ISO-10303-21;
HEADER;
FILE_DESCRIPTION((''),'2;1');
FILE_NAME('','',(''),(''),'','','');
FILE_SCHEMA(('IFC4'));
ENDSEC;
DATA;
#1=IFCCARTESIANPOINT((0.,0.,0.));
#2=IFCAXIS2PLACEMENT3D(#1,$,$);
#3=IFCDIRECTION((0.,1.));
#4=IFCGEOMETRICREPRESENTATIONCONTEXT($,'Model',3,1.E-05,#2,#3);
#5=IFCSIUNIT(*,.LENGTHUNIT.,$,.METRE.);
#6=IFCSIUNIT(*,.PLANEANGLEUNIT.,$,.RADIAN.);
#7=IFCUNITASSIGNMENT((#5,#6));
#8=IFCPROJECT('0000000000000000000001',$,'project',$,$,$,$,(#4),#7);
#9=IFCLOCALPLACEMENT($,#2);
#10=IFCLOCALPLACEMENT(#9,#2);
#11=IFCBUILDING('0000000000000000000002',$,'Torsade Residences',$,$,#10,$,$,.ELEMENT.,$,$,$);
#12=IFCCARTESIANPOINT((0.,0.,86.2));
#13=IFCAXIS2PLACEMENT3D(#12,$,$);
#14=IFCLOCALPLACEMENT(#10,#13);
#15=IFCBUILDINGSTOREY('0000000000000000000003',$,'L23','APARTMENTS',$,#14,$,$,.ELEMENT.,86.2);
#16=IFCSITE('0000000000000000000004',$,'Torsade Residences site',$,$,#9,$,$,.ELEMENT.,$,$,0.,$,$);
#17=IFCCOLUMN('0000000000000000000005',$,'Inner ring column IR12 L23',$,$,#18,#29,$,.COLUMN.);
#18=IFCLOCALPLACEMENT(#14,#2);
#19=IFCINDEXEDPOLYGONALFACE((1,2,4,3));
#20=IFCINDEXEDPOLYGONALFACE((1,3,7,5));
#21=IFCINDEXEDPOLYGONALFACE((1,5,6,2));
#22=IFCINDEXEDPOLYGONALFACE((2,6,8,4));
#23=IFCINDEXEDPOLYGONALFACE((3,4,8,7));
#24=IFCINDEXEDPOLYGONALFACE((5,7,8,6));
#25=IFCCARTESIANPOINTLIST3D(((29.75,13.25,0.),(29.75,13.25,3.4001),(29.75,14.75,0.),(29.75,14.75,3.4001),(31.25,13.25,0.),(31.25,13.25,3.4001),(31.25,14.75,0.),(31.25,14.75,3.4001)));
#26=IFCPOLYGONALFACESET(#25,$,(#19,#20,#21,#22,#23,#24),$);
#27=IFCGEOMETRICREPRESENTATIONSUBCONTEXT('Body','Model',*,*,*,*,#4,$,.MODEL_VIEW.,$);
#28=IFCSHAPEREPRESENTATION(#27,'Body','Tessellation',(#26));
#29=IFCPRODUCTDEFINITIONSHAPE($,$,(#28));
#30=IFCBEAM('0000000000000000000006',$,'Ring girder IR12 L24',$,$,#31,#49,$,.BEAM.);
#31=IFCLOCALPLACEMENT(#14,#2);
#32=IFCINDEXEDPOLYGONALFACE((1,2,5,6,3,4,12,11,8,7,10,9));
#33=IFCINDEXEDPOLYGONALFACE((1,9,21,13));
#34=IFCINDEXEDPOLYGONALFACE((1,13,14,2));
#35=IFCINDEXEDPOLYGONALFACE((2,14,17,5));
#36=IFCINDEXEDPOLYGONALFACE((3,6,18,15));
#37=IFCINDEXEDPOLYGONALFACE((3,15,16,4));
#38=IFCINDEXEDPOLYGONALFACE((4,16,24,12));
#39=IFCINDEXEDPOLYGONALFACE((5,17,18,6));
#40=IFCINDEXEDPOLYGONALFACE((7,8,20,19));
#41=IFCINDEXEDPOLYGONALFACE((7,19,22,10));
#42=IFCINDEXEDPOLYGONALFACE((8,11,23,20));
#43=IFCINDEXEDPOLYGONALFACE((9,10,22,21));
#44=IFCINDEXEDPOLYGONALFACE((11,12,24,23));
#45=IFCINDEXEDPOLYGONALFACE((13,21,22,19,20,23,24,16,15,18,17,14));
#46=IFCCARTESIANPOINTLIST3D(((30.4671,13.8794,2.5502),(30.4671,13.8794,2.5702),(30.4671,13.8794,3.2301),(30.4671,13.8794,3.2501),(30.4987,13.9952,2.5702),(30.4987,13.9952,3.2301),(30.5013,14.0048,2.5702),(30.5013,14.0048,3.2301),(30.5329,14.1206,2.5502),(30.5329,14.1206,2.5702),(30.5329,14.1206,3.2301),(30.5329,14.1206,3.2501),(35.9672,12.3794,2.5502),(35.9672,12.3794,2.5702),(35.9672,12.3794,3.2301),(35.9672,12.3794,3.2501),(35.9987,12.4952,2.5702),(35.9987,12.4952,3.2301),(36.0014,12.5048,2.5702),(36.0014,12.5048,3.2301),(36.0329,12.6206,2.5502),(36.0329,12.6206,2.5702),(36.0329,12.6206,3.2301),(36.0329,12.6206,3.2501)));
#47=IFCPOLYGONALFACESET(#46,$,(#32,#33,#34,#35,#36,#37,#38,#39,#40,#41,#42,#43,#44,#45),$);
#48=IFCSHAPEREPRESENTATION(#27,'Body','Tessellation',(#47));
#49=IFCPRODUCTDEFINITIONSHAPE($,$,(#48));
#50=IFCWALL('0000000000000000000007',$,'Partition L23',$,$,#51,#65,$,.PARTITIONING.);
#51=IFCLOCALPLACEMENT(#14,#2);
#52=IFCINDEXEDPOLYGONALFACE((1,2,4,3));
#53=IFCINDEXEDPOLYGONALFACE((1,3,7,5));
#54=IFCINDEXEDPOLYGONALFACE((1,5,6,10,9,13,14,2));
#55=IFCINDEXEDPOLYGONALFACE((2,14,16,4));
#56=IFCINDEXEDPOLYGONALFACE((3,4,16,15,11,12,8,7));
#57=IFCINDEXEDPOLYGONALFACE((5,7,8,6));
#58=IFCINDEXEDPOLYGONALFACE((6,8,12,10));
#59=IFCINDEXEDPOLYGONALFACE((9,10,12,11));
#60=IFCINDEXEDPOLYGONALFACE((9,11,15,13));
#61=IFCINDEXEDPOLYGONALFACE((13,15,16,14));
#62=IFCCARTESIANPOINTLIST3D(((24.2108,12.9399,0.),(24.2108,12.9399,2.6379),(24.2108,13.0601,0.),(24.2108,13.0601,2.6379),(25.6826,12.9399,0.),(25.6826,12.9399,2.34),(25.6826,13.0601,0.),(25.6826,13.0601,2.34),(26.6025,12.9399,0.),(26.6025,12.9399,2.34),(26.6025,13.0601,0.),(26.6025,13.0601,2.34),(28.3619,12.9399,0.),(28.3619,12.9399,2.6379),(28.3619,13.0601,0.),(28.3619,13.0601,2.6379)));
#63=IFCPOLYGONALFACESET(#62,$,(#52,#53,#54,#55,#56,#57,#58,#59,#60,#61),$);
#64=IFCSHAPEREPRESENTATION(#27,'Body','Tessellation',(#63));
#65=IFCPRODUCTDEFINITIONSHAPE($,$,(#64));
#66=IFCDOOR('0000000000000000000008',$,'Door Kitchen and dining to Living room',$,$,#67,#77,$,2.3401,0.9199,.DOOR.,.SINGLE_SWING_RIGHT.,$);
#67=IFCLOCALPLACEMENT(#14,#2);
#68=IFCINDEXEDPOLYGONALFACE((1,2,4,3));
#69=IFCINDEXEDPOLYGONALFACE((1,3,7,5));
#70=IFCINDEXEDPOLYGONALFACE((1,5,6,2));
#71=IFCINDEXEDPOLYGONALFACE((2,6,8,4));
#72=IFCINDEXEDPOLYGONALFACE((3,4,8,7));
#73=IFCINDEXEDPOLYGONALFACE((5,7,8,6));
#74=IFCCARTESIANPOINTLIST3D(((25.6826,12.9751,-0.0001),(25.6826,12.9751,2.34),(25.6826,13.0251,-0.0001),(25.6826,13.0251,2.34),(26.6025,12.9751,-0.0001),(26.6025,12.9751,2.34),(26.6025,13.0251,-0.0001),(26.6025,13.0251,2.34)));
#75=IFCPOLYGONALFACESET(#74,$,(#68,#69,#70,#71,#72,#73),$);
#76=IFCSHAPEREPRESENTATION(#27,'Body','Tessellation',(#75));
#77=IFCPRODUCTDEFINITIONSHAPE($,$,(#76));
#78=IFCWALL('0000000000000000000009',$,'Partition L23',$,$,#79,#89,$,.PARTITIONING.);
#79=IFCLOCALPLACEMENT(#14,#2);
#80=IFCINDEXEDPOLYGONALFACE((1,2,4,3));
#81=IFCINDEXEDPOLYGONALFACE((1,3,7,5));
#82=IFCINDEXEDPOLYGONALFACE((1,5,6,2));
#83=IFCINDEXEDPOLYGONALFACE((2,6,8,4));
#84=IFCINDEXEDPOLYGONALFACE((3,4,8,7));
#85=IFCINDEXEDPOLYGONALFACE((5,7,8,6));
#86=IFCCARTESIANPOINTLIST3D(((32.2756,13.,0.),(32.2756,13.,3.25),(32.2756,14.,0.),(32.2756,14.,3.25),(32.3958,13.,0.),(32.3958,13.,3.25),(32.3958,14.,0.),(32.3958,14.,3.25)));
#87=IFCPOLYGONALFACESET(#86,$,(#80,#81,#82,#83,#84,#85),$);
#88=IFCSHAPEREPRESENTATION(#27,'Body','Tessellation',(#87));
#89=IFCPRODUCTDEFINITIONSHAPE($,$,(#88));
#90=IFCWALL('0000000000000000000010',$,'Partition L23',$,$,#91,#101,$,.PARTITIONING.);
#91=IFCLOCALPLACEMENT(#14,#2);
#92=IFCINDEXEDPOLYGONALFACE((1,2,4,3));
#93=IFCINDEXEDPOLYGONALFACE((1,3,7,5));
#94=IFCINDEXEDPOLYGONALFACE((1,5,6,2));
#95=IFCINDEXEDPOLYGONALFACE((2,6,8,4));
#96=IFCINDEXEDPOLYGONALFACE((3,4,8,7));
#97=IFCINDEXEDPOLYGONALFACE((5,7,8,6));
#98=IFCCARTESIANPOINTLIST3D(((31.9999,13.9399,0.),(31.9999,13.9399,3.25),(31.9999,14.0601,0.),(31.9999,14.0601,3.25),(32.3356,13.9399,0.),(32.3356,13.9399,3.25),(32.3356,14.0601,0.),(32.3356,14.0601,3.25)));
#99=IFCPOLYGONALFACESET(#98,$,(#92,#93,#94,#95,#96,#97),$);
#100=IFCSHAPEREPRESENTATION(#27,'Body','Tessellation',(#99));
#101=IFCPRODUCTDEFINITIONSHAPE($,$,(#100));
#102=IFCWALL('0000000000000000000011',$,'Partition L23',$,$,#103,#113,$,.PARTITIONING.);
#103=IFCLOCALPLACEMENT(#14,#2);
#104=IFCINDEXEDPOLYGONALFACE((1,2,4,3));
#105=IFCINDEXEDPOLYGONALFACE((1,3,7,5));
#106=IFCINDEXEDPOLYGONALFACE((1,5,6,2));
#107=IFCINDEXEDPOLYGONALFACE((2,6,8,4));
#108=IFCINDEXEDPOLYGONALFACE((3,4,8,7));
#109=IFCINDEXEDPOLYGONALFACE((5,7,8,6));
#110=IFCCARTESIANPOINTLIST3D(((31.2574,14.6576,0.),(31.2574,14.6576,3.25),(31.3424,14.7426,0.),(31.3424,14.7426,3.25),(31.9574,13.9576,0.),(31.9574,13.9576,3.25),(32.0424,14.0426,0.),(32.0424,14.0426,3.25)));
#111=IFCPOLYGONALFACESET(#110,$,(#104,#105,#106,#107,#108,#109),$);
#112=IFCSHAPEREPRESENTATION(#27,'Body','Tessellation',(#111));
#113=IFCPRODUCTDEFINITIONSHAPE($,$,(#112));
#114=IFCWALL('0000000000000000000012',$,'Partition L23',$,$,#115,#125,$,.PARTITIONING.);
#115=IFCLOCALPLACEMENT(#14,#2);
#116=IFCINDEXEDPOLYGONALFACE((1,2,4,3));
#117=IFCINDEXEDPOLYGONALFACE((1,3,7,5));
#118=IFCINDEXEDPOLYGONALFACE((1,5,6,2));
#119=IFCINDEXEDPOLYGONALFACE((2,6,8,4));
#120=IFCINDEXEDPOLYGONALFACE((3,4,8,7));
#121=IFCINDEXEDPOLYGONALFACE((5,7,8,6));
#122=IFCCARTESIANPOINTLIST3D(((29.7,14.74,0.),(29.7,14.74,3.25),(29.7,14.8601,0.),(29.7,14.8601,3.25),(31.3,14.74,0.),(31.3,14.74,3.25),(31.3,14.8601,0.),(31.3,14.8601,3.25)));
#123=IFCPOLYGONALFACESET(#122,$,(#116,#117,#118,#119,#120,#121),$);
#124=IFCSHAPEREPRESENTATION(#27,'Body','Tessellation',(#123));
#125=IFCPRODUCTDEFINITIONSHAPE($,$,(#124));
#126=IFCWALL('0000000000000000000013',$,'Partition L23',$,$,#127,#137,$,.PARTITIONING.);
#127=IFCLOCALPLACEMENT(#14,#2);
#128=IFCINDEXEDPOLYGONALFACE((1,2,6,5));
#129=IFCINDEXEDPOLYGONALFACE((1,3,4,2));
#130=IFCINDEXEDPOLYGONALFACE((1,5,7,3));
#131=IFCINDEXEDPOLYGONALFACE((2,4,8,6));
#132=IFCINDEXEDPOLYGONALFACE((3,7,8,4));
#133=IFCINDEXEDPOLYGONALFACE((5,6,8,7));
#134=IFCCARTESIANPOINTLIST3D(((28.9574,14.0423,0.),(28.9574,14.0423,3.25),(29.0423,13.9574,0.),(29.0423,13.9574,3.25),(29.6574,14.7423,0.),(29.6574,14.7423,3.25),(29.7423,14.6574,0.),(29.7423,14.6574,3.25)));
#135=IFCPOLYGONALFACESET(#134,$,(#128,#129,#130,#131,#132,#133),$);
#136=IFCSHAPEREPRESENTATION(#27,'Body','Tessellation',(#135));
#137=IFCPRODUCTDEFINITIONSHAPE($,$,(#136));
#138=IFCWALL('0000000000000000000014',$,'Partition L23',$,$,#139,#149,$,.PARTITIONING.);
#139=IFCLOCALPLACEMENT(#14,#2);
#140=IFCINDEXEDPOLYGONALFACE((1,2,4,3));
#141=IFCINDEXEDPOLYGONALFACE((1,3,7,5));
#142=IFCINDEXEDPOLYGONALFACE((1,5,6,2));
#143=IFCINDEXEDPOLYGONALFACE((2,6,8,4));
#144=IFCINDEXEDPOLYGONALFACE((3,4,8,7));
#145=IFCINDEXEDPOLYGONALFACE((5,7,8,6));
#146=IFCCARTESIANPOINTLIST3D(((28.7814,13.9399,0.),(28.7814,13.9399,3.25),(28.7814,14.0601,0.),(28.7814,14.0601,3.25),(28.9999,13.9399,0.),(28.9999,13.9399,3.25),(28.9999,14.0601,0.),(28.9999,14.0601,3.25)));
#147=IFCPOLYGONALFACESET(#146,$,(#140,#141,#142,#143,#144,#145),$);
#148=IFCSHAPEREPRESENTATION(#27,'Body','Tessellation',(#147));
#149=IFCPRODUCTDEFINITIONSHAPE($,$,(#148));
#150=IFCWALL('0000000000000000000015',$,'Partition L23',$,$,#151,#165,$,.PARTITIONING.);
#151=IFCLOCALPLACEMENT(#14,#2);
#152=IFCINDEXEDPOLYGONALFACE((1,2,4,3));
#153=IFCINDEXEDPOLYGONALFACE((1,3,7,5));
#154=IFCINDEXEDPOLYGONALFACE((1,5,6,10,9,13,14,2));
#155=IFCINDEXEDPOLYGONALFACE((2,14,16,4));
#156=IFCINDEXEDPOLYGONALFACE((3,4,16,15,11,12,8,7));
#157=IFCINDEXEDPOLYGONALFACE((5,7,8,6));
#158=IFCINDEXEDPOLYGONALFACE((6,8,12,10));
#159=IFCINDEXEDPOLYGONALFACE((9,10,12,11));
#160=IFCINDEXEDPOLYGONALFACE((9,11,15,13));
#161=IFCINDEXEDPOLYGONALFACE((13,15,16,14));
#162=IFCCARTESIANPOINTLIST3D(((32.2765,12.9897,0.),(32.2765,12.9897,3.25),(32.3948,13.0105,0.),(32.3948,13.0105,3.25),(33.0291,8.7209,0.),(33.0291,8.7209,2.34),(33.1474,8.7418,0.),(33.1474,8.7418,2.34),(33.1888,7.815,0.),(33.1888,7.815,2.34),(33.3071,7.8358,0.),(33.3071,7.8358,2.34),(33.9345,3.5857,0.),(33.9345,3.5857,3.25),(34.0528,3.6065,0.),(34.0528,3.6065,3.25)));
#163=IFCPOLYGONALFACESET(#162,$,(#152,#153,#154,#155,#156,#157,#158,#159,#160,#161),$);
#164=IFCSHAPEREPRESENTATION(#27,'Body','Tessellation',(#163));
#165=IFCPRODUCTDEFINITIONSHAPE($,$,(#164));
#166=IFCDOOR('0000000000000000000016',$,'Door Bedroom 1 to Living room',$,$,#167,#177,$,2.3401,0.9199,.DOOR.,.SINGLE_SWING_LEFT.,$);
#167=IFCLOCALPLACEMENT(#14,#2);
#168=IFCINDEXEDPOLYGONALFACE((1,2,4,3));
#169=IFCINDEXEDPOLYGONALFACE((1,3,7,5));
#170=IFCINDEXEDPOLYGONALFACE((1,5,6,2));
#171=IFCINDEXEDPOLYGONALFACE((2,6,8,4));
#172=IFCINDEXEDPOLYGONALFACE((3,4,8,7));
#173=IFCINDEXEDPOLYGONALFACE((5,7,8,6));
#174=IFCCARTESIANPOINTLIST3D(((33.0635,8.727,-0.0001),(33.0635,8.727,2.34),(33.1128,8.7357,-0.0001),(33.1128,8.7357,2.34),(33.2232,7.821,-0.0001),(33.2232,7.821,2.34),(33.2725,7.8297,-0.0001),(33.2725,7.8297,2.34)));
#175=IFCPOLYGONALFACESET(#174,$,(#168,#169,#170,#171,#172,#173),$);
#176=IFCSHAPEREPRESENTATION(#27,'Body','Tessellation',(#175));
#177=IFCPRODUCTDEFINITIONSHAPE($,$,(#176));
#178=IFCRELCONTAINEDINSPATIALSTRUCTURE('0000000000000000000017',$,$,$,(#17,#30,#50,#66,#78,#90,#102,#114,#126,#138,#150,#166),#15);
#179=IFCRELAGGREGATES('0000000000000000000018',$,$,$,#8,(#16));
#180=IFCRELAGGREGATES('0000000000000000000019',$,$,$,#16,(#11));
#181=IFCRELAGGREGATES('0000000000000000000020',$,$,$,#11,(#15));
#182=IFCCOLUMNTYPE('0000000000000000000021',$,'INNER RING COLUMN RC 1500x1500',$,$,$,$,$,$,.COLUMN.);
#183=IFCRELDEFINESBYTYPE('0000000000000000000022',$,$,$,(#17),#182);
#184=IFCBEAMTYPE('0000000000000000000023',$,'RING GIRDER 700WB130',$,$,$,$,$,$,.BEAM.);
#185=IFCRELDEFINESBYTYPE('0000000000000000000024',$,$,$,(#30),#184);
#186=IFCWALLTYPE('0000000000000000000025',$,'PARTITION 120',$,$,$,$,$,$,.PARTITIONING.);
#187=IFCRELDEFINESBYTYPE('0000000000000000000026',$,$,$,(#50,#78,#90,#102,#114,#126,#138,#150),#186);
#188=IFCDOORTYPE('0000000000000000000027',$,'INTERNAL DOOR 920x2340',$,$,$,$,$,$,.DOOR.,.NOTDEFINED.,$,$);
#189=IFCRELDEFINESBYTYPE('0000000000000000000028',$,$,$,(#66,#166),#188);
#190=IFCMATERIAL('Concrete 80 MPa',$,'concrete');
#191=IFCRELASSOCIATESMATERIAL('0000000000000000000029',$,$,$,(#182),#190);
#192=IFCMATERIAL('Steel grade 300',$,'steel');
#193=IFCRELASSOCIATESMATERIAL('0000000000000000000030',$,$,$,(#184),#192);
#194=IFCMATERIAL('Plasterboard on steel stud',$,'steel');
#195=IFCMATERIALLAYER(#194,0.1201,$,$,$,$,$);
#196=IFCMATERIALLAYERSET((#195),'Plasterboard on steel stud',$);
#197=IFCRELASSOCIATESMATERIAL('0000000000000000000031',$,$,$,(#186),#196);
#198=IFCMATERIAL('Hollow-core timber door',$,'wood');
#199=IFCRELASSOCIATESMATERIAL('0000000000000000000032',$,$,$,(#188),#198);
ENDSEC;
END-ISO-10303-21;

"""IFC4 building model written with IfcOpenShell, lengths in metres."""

from ifc_helpers import new_model, si_unit, direction, frame, frame_2d, origin, origin_2d, place, context, subcontext, project, spatial, rectangle, i_section, extrude, material, layer, layer_set, material_profile, profile_set, type_object, element, fill, save


model = new_model("IFC4")

# Units and contexts
model_context = context("Model", 3, precision=1e-05, world=origin(), true_north=direction((0.0, 1.0)))
body_context = subcontext(model_context, "Body", "Model", "MODEL_VIEW")
ifc_project = project(units=[si_unit("LENGTHUNIT", "METRE"), si_unit("PLANEANGLEUNIT", "RADIAN")], contexts=[model_context])

# Site, building, storey
site_placement = place(None, origin())
site = spatial("IfcSite", under=ifc_project, at=site_placement, Name="Torsade Residences site", CompositionType="ELEMENT", RefElevation=0.0)
building_placement = place(site_placement, origin())
building = spatial("IfcBuilding", under=site, at=building_placement, Name="Torsade Residences", CompositionType="ELEMENT")
storey_placement = place(building_placement, frame((0.0, 0.0, 86.2)))
storey = spatial("IfcBuildingStorey", under=building, at=storey_placement, Name="L23", Description="APARTMENTS", CompositionType="ELEMENT", Elevation=86.2)

# Column
ifc_material_1 = material(Name="Concrete 80 MPa", Category="concrete")
ifc_material_profile_1 = material_profile(ifc_material_1, rectangle(XDim=1.5, YDim=1.5, at=origin_2d()), Name="RC 1500x1500")
ifc_profile_set_1 = profile_set([ifc_material_profile_1], Name="Concrete 80 MPa")
column_type = type_object("IfcColumnType", Name="INNER RING COLUMN RC 1500x1500", PredefinedType="COLUMN", material=ifc_profile_set_1)
column_placement = place(storey_placement, frame((30.5, 14.0, 0.0), z_axis=(0.0, 0.0, 1.0), x_axis=(1.0, 0.0, 0.0)))
element("IfcColumn", 1, at=column_placement, inside=storey, type_object=column_type, Name="Inner ring column IR12 L23", PredefinedType="COLUMN", context=body_context, shape_type="SweptSolid", body=[
    extrude(rectangle(XDim=1.5, YDim=1.5, at=origin_2d()), origin(), (0.0, 0.0, 1.0), 3.4001),
])

# Beam
ifc_material_2 = material(Name="Steel grade 300", Category="steel")
ifc_material_profile_2 = material_profile(ifc_material_2, i_section(OverallWidth=0.25, OverallDepth=0.7, WebThickness=0.01, FlangeThickness=0.02, at=origin_2d()), Name="700WB130")
ifc_profile_set_2 = profile_set([ifc_material_profile_2], Name="Steel grade 300")
beam_type = type_object("IfcBeamType", Name="RING GIRDER 700WB130", PredefinedType="BEAM", material=ifc_profile_set_2)
beam_placement = place(storey_placement, frame((30.5, 14.0, 2.9001), z_axis=(0.964764, -0.263117, 0.0), x_axis=(0.263117, 0.964764, 0.0)))
element("IfcBeam", 2, at=beam_placement, inside=storey, type_object=beam_type, Name="Ring girder IR12 L24", PredefinedType="BEAM", context=body_context, shape_type="SweptSolid", body=[
    extrude(i_section(OverallWidth=0.25, OverallDepth=0.7, WebThickness=0.01, FlangeThickness=0.02, at=origin_2d()), origin(), (0.0, 0.0, 1.0), 5.7009),
])

# Wall, opening, door
ifc_material_3 = material(Name="Plasterboard on steel stud", Category="steel")
ifc_layer_1 = layer(ifc_material_3, 0.1201)
ifc_layer_set_1 = layer_set([ifc_layer_1], Name="Plasterboard on steel stud")
wall_type_1 = type_object("IfcWallType", Name="PARTITION 120", PredefinedType="PARTITIONING", material=ifc_layer_set_1)
wall_1_placement = place(storey_placement, frame((28.3621, 13.0, 0.0), z_axis=(0.0, 0.0, 1.0), x_axis=(-1.0, 0.0, 0.0)))
wall_1 = element("IfcWall", 3, at=wall_1_placement, inside=storey, type_object=wall_type_1, Name="Partition L23", PredefinedType="PARTITIONING", context=body_context, shape_type="SweptSolid", body=[
    extrude(rectangle(XDim=4.1511, YDim=0.1201, at=frame_2d((2.0757, 0.0))), origin(), (0.0, 0.0, 1.0), 2.6379),
])
opening_1_placement = place(wall_1_placement, frame((1.7595, 0.0, 0.0)))
opening_1 = element("IfcOpeningElement", 4, at=opening_1_placement, cuts=wall_1, PredefinedType="OPENING", context=body_context, shape_type="SweptSolid", body=[
    extrude(rectangle(XDim=0.9199, YDim=2.3401, at=frame_2d((0.46, 1.1699))), frame((0.0, 0.0701, 0.0), z_axis=(0.0, -1.0, 0.0), x_axis=(1.0, 0.0, 0.0)), (0.0, 0.0, 1.0), 0.1401),
])
ifc_material_4 = material(Name="Hollow-core timber door", Category="wood")
door_type = type_object("IfcDoorType", Name="INTERNAL DOOR 920x2340", OperationType="NOTDEFINED", PredefinedType="DOOR", material=ifc_material_4)
door_1_placement = place(opening_1_placement, origin())
door_1 = element("IfcDoor", 5, at=door_1_placement, inside=storey, type_object=door_type, Name="Door Kitchen and dining to Living room", OperationType="SINGLE_SWING_RIGHT", OverallHeight=2.3401, OverallWidth=0.9199, PredefinedType="DOOR", context=body_context, shape_type="SweptSolid", body=[
    extrude(rectangle(XDim=0.9199, YDim=2.3401, at=frame_2d((0.46, 1.1699))), frame((0.0, 0.0249, 0.0), z_axis=(0.0, -1.0, 0.0), x_axis=(1.0, 0.0, 0.0)), (0.0, 0.0, 1.0), 0.05),
])
fill(opening_1, door_1)

# Walls
wall_2_placement = place(storey_placement, frame((32.3357, 13.0, 0.0), z_axis=(0.0, 0.0, 1.0), x_axis=(0.0, 1.0, 0.0)))
element("IfcWall", 6, at=wall_2_placement, inside=storey, type_object=wall_type_1, Name="Partition L23", PredefinedType="PARTITIONING", context=body_context, shape_type="SweptSolid", body=[
    extrude(rectangle(XDim=1.0, YDim=0.1201, at=frame_2d((0.5, 0.0))), origin(), (0.0, 0.0, 1.0), 3.25),
])
wall_3_placement = place(storey_placement, frame((32.3357, 14.0, 0.0), z_axis=(0.0, 0.0, 1.0), x_axis=(-1.0, 0.0, 0.0)))
element("IfcWall", 7, at=wall_3_placement, inside=storey, type_object=wall_type_1, Name="Partition L23", PredefinedType="PARTITIONING", context=body_context, shape_type="SweptSolid", body=[
    extrude(rectangle(XDim=0.3357, YDim=0.1201, at=frame_2d((0.168, 0.0))), origin(), (0.0, 0.0, 1.0), 3.25),
])
wall_4_placement = place(storey_placement, frame((32.0, 14.0, 0.0), z_axis=(0.0, 0.0, 1.0), x_axis=(-0.707107, 0.707107, 0.0)))
element("IfcWall", 8, at=wall_4_placement, inside=storey, type_object=wall_type_1, Name="Partition L23", PredefinedType="PARTITIONING", context=body_context, shape_type="SweptSolid", body=[
    extrude(rectangle(XDim=0.99, YDim=0.1201, at=frame_2d((0.4951, 0.0))), origin(), (0.0, 0.0, 1.0), 3.25),
])
wall_5_placement = place(storey_placement, frame((31.3, 14.8, 0.0), z_axis=(0.0, 0.0, 1.0), x_axis=(-1.0, 0.0, 0.0)))
element("IfcWall", 9, at=wall_5_placement, inside=storey, type_object=wall_type_1, Name="Partition L23", PredefinedType="PARTITIONING", context=body_context, shape_type="SweptSolid", body=[
    extrude(rectangle(XDim=1.6001, YDim=0.1201, at=frame_2d((0.8, 0.0))), origin(), (0.0, 0.0, 1.0), 3.25),
])
wall_6_placement = place(storey_placement, frame((29.7, 14.7, 0.0), z_axis=(0.0, 0.0, 1.0), x_axis=(-0.707107, -0.707107, 0.0)))
element("IfcWall", 10, at=wall_6_placement, inside=storey, type_object=wall_type_1, Name="Partition L23", PredefinedType="PARTITIONING", context=body_context, shape_type="SweptSolid", body=[
    extrude(rectangle(XDim=0.99, YDim=0.1201, at=frame_2d((0.4951, 0.0))), origin(), (0.0, 0.0, 1.0), 3.25),
])
wall_7_placement = place(storey_placement, frame((29.0, 14.0, 0.0), z_axis=(0.0, 0.0, 1.0), x_axis=(-1.0, 0.0, 0.0)))
element("IfcWall", 11, at=wall_7_placement, inside=storey, type_object=wall_type_1, Name="Partition L23", PredefinedType="PARTITIONING", context=body_context, shape_type="SweptSolid", body=[
    extrude(rectangle(XDim=0.2185, YDim=0.1201, at=frame_2d((0.1094, 0.0))), origin(), (0.0, 0.0, 1.0), 3.25),
])

# Wall, opening, door
wall_8_placement = place(storey_placement, frame((32.3357, 13.0, 0.0), z_axis=(0.0, 0.0, 1.0), x_axis=(0.173625, -0.984812, 0.0)))
wall_8 = element("IfcWall", 12, at=wall_8_placement, inside=storey, type_object=wall_type_1, Name="Partition L23", PredefinedType="PARTITIONING", context=body_context, shape_type="SweptSolid", body=[
    extrude(rectangle(XDim=9.5491, YDim=0.1201, at=frame_2d((4.7744, 0.0))), origin(), (0.0, 0.0, 1.0), 3.25),
])
opening_2_placement = place(wall_8_placement, frame((4.3345, 0.0, 0.0)))
opening_2 = element("IfcOpeningElement", 13, at=opening_2_placement, cuts=wall_8, PredefinedType="OPENING", context=body_context, shape_type="SweptSolid", body=[
    extrude(rectangle(XDim=0.9199, YDim=2.3401, at=frame_2d((0.46, 1.1699))), frame((0.0, 0.0701, 0.0), z_axis=(0.0, -1.0, 0.0), x_axis=(1.0, 0.0, 0.0)), (0.0, 0.0, 1.0), 0.1401),
])
door_2_placement = place(opening_2_placement, origin())
door_2 = element("IfcDoor", 14, at=door_2_placement, inside=storey, type_object=door_type, Name="Door Bedroom 1 to Living room", OperationType="SINGLE_SWING_LEFT", OverallHeight=2.3401, OverallWidth=0.9199, PredefinedType="DOOR", context=body_context, shape_type="SweptSolid", body=[
    extrude(rectangle(XDim=0.9199, YDim=2.3401, at=frame_2d((0.46, 1.1699))), frame((0.0, 0.0249, 0.0), z_axis=(0.0, -1.0, 0.0), x_axis=(1.0, 0.0, 0.0)), (0.0, 0.0, 1.0), 0.05),
])
fill(opening_2, door_2)

save(model, "model.ifc")
